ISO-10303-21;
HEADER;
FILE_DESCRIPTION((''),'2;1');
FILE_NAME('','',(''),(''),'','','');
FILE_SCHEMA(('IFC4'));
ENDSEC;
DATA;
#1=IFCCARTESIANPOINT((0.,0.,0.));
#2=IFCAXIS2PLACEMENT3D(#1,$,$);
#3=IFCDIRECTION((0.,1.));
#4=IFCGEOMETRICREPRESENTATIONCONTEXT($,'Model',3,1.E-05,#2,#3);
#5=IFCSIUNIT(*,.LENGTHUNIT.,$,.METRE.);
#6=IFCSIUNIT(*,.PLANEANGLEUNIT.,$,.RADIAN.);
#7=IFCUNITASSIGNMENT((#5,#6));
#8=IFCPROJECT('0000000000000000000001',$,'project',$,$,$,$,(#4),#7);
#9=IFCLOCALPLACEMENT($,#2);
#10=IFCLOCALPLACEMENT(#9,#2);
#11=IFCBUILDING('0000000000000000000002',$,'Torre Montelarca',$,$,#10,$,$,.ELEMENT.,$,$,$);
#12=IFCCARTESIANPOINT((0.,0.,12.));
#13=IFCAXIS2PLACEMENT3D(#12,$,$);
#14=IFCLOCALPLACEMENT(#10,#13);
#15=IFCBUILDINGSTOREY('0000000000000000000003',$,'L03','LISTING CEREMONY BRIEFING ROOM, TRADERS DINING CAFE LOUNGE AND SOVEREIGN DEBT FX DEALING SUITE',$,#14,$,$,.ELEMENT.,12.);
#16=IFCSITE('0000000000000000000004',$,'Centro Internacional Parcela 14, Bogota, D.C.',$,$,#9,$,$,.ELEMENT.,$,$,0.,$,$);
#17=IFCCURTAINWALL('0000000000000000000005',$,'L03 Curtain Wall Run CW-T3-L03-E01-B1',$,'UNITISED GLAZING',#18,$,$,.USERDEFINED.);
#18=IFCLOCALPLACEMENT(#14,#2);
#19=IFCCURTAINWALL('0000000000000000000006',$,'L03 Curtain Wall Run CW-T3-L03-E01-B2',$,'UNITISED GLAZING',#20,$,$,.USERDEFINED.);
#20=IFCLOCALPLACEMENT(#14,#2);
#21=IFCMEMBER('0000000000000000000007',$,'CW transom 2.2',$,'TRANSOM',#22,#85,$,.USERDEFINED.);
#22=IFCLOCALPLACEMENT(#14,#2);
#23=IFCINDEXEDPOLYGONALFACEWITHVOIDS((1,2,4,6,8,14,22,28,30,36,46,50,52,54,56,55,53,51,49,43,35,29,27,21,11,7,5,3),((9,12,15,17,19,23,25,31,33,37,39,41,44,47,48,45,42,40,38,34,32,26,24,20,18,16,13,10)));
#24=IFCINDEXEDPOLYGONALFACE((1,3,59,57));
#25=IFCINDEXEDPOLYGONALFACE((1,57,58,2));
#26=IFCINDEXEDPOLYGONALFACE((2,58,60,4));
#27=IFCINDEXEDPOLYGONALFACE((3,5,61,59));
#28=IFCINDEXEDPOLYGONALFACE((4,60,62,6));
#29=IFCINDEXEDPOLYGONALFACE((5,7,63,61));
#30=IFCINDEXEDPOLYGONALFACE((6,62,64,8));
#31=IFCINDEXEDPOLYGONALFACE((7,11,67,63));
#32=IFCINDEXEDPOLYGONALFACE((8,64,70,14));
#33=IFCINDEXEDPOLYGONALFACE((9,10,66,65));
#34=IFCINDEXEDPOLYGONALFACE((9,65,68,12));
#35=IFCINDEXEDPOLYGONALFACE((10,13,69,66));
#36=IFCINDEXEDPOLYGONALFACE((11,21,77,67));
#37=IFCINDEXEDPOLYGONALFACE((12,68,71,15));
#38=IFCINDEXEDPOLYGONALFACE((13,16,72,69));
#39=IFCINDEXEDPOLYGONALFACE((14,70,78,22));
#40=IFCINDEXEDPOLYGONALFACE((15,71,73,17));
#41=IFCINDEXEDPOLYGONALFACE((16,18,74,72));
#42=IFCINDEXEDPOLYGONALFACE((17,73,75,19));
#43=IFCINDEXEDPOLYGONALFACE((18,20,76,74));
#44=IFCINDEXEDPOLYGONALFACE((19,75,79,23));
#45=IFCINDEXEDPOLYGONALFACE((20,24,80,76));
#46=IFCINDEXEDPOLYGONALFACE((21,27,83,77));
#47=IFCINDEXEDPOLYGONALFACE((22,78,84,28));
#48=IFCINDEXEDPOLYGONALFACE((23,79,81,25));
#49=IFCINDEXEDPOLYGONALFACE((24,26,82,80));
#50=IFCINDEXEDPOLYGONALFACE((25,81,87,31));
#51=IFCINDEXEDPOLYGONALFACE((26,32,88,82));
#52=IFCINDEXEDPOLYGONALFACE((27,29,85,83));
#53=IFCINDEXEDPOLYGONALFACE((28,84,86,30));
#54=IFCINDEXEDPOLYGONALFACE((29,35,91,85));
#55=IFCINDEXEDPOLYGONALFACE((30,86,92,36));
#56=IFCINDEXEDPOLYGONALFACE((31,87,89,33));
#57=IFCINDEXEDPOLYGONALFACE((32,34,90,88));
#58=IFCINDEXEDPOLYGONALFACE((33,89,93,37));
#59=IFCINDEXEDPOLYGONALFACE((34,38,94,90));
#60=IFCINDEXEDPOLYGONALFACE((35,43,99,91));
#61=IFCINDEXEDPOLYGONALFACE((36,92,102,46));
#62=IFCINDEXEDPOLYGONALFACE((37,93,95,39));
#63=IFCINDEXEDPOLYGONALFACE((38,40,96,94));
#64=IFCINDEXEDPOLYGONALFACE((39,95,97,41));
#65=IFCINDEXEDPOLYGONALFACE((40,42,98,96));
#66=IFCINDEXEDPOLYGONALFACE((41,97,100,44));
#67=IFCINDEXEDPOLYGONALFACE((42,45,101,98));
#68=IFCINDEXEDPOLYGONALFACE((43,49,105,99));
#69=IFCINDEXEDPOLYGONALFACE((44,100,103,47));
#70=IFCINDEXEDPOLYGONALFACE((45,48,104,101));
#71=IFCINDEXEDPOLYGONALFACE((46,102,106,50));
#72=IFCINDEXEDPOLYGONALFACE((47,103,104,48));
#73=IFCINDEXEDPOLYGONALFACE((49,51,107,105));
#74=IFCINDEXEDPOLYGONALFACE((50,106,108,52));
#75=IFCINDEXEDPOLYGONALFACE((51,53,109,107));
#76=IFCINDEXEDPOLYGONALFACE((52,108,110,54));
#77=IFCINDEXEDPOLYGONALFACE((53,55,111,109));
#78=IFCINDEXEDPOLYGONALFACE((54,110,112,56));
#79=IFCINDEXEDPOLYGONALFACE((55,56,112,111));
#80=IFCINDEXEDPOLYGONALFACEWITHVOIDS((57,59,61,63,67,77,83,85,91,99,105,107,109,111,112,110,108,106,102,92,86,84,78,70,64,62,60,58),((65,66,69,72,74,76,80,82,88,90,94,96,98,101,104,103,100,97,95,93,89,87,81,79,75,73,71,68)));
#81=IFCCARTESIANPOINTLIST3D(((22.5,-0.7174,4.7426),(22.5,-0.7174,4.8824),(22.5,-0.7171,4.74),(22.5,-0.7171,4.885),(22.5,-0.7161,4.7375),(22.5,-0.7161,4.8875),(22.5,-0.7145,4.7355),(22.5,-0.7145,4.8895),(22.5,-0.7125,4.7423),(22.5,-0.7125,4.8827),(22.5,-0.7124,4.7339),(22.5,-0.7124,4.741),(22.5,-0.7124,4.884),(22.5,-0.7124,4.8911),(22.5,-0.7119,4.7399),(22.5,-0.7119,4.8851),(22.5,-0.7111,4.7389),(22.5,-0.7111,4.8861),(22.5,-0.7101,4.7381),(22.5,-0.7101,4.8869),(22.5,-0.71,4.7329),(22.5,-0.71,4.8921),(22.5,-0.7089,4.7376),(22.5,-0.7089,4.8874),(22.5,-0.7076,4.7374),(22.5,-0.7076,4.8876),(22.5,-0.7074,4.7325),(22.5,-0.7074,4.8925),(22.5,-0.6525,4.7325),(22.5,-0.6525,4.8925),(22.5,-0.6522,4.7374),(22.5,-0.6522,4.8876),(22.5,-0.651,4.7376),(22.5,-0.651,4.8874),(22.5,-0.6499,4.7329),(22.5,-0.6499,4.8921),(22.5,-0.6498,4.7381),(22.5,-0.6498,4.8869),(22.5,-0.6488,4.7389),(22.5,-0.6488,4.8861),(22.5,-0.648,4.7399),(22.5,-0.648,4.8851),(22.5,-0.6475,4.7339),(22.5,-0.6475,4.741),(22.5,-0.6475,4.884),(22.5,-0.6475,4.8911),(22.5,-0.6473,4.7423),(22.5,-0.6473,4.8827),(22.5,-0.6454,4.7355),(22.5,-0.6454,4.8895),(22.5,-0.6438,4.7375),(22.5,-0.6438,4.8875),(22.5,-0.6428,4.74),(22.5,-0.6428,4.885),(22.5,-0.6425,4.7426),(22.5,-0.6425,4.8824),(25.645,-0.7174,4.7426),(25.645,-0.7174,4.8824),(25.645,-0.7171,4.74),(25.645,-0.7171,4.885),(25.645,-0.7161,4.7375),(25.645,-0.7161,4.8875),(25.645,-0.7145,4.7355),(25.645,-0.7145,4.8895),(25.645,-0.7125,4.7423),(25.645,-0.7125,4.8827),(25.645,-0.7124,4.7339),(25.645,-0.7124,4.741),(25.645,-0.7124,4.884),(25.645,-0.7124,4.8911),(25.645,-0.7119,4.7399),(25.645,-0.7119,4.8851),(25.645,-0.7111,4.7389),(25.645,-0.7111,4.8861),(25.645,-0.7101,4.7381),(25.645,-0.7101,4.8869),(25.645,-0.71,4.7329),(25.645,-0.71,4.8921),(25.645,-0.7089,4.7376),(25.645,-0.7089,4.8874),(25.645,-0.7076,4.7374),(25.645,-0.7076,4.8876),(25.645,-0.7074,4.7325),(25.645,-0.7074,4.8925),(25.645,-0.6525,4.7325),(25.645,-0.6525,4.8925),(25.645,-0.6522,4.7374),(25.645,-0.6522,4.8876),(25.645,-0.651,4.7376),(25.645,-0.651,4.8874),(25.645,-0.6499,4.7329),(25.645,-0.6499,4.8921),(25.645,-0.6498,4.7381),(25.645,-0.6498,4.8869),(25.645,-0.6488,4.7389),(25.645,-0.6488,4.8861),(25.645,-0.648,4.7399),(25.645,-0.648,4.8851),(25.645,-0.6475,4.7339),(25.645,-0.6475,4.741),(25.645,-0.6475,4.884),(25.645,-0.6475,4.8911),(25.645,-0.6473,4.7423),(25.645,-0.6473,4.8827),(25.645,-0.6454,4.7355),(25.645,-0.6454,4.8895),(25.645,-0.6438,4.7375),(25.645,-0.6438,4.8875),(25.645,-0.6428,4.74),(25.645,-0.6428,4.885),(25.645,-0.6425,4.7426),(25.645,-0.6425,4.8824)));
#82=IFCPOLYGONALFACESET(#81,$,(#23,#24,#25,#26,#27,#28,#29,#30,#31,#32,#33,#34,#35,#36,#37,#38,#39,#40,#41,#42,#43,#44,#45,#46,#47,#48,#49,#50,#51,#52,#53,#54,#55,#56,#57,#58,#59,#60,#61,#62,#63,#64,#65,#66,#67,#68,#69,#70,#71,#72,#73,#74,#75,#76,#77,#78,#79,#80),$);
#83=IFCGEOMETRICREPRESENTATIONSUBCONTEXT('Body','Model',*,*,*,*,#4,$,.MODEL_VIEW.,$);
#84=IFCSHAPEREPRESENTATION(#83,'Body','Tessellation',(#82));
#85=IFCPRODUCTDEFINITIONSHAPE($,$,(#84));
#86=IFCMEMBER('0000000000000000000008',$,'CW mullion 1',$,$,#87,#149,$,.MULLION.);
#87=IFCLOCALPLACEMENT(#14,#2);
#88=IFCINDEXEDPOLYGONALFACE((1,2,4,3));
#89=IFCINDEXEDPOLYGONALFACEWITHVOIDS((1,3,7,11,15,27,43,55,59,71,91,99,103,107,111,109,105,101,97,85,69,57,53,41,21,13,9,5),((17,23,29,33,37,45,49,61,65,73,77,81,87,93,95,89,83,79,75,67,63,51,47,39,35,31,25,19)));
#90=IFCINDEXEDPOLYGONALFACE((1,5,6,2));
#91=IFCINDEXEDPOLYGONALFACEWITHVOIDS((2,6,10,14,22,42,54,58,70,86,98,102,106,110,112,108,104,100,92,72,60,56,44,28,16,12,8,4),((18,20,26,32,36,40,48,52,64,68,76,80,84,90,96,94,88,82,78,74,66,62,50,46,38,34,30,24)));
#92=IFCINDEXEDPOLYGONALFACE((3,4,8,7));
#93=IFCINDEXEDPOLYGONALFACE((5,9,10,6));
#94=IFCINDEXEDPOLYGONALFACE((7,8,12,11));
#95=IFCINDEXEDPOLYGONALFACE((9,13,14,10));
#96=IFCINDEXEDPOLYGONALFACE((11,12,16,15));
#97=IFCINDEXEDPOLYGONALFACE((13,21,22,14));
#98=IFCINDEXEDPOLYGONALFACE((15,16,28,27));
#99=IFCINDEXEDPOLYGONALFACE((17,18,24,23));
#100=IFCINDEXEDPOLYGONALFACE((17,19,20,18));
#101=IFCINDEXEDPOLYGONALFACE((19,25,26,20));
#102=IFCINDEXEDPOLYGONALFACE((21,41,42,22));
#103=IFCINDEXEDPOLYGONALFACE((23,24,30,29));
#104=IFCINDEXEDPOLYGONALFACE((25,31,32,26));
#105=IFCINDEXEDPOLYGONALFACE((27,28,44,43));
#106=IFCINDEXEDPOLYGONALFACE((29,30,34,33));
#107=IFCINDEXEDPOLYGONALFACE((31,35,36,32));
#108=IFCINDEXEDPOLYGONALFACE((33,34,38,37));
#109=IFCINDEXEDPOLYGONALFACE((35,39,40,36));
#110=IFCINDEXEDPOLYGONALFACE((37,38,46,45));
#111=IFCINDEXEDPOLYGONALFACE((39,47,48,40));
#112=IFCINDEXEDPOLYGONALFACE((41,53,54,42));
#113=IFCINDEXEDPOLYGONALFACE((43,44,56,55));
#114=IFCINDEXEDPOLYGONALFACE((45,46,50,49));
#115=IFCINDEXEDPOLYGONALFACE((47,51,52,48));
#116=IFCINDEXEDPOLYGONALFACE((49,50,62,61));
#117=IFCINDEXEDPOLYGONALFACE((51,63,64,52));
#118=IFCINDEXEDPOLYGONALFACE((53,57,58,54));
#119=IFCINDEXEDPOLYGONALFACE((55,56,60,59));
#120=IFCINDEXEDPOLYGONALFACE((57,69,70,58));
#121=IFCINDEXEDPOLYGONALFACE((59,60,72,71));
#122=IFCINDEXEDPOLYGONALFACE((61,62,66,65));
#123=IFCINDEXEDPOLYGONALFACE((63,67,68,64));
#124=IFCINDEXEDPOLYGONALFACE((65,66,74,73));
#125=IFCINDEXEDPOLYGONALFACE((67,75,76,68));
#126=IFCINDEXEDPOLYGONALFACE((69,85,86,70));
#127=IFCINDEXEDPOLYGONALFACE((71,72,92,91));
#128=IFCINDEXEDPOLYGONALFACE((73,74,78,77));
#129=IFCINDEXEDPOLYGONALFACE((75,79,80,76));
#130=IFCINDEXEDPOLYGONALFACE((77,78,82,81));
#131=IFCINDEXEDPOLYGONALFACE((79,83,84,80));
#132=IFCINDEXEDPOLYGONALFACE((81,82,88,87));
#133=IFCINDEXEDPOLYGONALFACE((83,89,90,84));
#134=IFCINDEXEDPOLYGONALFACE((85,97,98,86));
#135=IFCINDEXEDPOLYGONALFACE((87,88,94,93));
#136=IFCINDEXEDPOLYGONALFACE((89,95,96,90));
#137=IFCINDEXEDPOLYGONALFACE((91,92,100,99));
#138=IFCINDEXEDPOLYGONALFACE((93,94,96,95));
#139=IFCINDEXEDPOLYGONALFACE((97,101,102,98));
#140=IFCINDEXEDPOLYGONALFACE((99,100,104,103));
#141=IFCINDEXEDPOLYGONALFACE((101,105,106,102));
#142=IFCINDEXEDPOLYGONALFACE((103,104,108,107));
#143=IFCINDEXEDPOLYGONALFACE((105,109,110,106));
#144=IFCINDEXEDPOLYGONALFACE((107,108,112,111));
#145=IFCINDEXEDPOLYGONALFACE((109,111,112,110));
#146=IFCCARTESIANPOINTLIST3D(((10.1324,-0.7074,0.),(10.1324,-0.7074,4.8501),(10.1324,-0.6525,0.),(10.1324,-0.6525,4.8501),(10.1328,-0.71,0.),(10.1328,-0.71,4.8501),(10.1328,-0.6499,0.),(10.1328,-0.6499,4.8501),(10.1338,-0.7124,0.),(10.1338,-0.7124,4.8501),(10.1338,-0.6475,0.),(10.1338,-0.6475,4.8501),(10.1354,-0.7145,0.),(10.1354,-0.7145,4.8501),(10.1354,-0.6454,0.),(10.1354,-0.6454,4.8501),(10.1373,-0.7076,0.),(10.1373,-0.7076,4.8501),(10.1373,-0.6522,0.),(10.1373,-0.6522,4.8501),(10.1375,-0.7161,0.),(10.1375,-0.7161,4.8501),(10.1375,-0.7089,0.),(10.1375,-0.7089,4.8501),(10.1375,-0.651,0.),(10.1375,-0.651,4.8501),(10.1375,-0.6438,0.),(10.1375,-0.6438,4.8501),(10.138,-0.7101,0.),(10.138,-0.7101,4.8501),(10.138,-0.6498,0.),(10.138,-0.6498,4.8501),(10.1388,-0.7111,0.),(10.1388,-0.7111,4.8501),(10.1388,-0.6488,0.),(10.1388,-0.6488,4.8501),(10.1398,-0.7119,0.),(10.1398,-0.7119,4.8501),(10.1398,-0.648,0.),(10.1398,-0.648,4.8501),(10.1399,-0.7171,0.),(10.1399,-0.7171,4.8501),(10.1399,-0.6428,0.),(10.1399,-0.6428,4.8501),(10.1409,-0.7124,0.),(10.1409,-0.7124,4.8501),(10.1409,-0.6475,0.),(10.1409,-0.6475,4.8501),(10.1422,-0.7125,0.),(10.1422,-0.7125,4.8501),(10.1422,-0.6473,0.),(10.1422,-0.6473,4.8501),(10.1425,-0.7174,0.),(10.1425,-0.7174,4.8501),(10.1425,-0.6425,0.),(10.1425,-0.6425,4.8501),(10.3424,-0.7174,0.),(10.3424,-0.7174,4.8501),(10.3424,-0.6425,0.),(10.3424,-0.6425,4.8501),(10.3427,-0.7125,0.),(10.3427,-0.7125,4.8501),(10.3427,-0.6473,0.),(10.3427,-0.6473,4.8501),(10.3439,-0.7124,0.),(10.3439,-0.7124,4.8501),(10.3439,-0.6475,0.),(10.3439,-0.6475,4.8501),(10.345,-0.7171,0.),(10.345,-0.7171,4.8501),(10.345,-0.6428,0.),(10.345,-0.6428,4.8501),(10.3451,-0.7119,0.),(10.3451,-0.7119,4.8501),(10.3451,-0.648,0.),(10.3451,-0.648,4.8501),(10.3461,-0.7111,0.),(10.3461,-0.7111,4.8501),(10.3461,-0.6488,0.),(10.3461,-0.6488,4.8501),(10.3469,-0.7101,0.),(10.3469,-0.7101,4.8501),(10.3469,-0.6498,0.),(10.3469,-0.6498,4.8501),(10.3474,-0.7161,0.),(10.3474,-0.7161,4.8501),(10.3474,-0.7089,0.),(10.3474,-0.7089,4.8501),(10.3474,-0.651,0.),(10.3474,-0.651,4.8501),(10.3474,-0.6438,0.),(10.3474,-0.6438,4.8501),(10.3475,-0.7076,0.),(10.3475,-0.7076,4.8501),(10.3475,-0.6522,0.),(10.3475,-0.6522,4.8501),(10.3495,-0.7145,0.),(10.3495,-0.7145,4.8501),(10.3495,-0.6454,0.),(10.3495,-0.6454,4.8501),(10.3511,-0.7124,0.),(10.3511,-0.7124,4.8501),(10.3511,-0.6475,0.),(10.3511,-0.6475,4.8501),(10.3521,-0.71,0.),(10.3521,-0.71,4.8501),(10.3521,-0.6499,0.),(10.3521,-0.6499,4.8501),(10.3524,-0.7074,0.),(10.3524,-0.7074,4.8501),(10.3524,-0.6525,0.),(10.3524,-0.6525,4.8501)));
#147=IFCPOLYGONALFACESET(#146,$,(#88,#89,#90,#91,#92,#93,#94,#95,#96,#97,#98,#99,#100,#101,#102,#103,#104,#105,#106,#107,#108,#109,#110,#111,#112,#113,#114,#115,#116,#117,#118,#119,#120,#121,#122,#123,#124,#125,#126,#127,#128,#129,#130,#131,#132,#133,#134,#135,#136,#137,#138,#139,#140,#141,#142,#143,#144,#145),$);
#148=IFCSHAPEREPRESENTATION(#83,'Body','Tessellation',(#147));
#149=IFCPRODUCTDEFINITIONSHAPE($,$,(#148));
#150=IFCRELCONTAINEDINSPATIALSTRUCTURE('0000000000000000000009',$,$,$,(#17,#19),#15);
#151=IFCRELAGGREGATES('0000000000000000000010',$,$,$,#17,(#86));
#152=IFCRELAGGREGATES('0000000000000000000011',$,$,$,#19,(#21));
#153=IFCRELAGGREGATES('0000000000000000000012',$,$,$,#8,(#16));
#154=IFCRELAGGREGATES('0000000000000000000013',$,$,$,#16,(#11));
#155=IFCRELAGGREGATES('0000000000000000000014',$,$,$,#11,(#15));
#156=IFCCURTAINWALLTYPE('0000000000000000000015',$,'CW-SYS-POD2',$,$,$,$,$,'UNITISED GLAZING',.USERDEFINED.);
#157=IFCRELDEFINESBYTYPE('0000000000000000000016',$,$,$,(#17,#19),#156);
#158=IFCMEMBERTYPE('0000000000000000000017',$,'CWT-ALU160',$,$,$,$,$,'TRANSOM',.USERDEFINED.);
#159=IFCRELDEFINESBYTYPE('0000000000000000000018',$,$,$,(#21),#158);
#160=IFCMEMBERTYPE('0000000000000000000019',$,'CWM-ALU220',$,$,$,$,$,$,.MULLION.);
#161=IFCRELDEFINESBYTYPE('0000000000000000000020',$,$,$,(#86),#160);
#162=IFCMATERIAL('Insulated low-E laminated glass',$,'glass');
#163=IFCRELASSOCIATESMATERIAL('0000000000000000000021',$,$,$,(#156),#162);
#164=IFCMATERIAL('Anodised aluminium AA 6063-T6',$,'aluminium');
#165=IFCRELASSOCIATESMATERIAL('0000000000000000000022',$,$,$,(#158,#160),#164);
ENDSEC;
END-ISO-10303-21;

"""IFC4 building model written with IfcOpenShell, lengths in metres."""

from ifc_helpers import new_model, si_unit, direction, frame, origin, origin_2d, place, context, subcontext, project, spatial, hollow_rectangle, extrude, source, transform, mapped, material, material_profile, profile_set, type_object, element, aggregate, save


model = new_model("IFC4")

# Units and contexts
model_context = context("Model", 3, precision=1e-05, world=origin(), true_north=direction((0.0, 1.0)))
body_context = subcontext(model_context, "Body", "Model", "MODEL_VIEW")
ifc_project = project(units=[si_unit("LENGTHUNIT", "METRE"), si_unit("PLANEANGLEUNIT", "RADIAN")], contexts=[model_context])

# Site, building, storey
site_placement = place(None, origin())
site = spatial("IfcSite", under=ifc_project, at=site_placement, Name="Centro Internacional Parcela 14, Bogota, D.C.", CompositionType="ELEMENT", RefElevation=0.0)
building_placement = place(site_placement, origin())
building = spatial("IfcBuilding", under=site, at=building_placement, Name="Torre Montelarca", CompositionType="ELEMENT")
storey_placement = place(building_placement, frame((0.0, 0.0, 12.0)))
storey = spatial("IfcBuildingStorey", under=building, at=storey_placement, Name="L03", Description="LISTING CEREMONY BRIEFING ROOM, TRADERS DINING CAFE LOUNGE AND SOVEREIGN DEBT FX DEALING SUITE", CompositionType="ELEMENT", Elevation=12.0)

# Curtain walls, member
ifc_material_1 = material(Name="Insulated low-E laminated glass", Category="glass")
curtain_wall_type = type_object("IfcCurtainWallType", Name="CW-SYS-POD2", ElementType="UNITISED GLAZING", PredefinedType="USERDEFINED", material=ifc_material_1)
curtain_wall_1_placement = place(storey_placement, origin())
curtain_wall_1 = element("IfcCurtainWall", 1, at=curtain_wall_1_placement, inside=storey, type_object=curtain_wall_type, Name="L03 Curtain Wall Run CW-T3-L03-E01-B1", ObjectType="UNITISED GLAZING", PredefinedType="USERDEFINED")
ifc_material_2 = material(Name="Anodised aluminium AA 6063-T6", Category="aluminium")
ifc_material_profile_1 = material_profile(ifc_material_2, hollow_rectangle(XDim=0.075, YDim=0.1599, WallThickness=0.0049, InnerFilletRadius=0.0049, OuterFilletRadius=0.01, at=origin_2d()), Name="ALU75X160X5", Category="aluminium")
ifc_profile_set_1 = profile_set([ifc_material_profile_1], Name="Anodised aluminium AA 6063-T6")
member_type_1 = type_object("IfcMemberType", Name="CWT-ALU160", ElementType="TRANSOM", PredefinedType="USERDEFINED", material=ifc_profile_set_1)
curtain_wall_2_placement = place(storey_placement, origin())
curtain_wall_2 = element("IfcCurtainWall", 2, at=curtain_wall_2_placement, inside=storey, type_object=curtain_wall_type, Name="L03 Curtain Wall Run CW-T3-L03-E01-B2", ObjectType="UNITISED GLAZING", PredefinedType="USERDEFINED")
shared_shape_1 = source(origin(), body_context, "Body", "SweptSolid", [
    extrude(hollow_rectangle(XDim=0.075, YDim=0.1599, WallThickness=0.0049, InnerFilletRadius=0.0049, OuterFilletRadius=0.01, at=origin_2d()), origin(), (0.0, 0.0, 1.0), 3.145),
])
member_1_placement = place(storey_placement, frame((22.5, -0.6799, 4.8125), z_axis=(1.0, 0.0, 0.0), x_axis=(0.0, 1.0, 0.0)))
member_1 = element("IfcMember", 3, at=member_1_placement, type_object=member_type_1, Name="CW transom 2.2", ObjectType="TRANSOM", PredefinedType="USERDEFINED", context=body_context, shape_type="MappedRepresentation", body=[
    mapped(shared_shape_1, transform((0.0, 0.0, 0.0), scale=1.0)),
])

# Member
ifc_material_profile_2 = material_profile(ifc_material_2, hollow_rectangle(XDim=0.075, YDim=0.22, WallThickness=0.0049, InnerFilletRadius=0.0049, OuterFilletRadius=0.01, at=origin_2d()), Name="ALU75X220X5", Category="aluminium")
ifc_profile_set_2 = profile_set([ifc_material_profile_2], Name="Anodised aluminium AA 6063-T6")
member_type_2 = type_object("IfcMemberType", Name="CWM-ALU220", PredefinedType="MULLION", material=ifc_profile_set_2)
shared_shape_2 = source(origin(), body_context, "Body", "SweptSolid", [
    extrude(hollow_rectangle(XDim=0.075, YDim=0.22, WallThickness=0.0049, InnerFilletRadius=0.0049, OuterFilletRadius=0.01, at=origin_2d()), origin(), (0.0, 0.0, 1.0), 4.8501),
])
member_2_placement = place(storey_placement, frame((10.2424, -0.6799, 0.0), z_axis=(0.0, 0.0, 1.0), x_axis=(0.0, 1.0, 0.0)))
member_2 = element("IfcMember", 4, at=member_2_placement, type_object=member_type_2, Name="CW mullion 1", PredefinedType="MULLION", context=body_context, shape_type="MappedRepresentation", body=[
    mapped(shared_shape_2, transform((0.0, 0.0, 0.0), scale=1.0)),
])

aggregate(curtain_wall_1, [member_2])
aggregate(curtain_wall_2, [member_1])

save(model, "model.ifc")
